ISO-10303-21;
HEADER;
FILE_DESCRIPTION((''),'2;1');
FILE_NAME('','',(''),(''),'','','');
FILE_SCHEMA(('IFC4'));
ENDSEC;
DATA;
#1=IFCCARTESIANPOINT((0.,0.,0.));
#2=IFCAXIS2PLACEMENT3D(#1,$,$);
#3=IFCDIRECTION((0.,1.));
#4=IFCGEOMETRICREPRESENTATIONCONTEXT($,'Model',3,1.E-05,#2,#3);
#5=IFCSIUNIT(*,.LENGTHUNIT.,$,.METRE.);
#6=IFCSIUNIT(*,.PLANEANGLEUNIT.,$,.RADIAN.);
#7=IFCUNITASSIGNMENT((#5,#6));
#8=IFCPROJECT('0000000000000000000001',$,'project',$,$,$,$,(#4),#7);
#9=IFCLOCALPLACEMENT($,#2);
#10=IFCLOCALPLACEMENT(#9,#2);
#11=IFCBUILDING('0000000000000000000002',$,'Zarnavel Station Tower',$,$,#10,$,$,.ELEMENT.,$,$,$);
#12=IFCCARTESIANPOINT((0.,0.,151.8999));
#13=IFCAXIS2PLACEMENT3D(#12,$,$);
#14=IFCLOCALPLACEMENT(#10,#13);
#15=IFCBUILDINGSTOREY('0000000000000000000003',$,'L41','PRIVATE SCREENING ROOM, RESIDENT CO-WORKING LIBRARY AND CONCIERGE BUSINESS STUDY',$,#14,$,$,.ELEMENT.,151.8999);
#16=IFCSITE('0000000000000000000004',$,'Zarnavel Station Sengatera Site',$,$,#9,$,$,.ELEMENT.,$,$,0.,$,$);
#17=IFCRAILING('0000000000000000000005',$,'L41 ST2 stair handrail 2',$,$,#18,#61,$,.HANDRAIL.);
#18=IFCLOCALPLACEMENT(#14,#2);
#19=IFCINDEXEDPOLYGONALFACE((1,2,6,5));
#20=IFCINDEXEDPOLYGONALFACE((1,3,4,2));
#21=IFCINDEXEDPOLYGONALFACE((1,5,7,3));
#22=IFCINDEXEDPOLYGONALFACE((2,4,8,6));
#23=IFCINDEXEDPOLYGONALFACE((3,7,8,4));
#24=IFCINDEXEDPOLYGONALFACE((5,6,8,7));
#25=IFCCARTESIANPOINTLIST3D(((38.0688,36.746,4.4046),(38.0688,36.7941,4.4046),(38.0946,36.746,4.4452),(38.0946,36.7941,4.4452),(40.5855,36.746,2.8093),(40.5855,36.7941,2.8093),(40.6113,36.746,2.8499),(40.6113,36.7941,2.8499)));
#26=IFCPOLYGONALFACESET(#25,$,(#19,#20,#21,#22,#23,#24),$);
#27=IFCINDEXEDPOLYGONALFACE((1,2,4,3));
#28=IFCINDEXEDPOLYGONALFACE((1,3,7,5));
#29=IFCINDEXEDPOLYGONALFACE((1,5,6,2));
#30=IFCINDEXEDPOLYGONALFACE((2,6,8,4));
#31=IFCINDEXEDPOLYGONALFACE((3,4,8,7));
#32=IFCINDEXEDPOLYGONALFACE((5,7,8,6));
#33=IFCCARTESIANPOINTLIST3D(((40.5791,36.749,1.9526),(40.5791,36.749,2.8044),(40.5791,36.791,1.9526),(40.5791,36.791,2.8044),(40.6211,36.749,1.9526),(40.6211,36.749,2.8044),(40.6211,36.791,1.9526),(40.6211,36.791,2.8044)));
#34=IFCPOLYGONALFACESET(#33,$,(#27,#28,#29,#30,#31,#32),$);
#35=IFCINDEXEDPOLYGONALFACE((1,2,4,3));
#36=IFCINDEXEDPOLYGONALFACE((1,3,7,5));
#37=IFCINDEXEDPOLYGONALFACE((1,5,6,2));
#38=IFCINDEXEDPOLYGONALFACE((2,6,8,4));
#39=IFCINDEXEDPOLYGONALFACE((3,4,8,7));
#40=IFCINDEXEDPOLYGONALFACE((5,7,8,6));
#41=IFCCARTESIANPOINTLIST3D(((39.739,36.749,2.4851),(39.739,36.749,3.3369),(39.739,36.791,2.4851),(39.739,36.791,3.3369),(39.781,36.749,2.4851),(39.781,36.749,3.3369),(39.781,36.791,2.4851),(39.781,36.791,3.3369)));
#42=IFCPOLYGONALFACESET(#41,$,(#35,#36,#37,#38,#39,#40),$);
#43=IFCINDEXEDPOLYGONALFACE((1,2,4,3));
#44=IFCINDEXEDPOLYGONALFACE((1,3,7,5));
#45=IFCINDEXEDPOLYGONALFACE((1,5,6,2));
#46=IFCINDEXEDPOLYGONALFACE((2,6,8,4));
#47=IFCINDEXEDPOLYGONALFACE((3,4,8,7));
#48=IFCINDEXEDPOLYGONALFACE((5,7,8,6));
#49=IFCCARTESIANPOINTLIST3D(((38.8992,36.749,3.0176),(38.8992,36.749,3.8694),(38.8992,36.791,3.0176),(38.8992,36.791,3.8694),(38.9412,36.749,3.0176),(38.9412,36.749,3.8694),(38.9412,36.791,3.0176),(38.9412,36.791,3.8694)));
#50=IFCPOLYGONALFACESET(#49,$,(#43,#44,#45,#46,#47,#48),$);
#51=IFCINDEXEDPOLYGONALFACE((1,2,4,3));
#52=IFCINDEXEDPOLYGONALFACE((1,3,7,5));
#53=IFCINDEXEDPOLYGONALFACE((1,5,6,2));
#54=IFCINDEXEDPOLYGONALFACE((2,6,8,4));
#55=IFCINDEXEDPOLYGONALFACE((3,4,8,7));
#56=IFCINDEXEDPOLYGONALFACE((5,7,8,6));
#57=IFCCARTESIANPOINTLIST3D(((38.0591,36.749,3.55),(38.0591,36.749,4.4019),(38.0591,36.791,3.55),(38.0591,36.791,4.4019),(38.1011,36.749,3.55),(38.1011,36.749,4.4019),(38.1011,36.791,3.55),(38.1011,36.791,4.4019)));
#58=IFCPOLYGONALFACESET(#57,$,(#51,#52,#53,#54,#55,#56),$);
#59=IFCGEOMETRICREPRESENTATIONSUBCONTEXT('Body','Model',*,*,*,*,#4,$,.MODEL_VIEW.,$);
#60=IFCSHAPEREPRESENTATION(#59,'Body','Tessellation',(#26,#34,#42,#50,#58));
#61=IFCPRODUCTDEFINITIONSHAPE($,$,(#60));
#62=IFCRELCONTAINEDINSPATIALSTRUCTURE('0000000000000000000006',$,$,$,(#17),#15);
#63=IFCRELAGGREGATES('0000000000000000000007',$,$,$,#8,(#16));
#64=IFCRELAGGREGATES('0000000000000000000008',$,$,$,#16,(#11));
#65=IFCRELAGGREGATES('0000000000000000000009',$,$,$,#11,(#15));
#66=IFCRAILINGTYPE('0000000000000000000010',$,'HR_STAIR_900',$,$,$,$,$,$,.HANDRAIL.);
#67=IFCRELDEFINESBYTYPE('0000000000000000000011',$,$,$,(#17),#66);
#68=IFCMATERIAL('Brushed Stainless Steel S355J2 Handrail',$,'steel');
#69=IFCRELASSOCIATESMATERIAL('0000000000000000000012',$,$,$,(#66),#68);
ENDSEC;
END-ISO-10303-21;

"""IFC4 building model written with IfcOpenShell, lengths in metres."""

from ifc_helpers import new_model, si_unit, direction, frame, origin, origin_2d, place, context, subcontext, project, spatial, rectangle, extrude, material, type_object, element, save


model = new_model("IFC4")

# Units and contexts
model_context = context("Model", 3, precision=1e-05, world=origin(), true_north=direction((0.0, 1.0)))
body_context = subcontext(model_context, "Body", "Model", "MODEL_VIEW")
ifc_project = project(units=[si_unit("LENGTHUNIT", "METRE"), si_unit("PLANEANGLEUNIT", "RADIAN")], contexts=[model_context])

# Site, building, storey
site_placement = place(None, origin())
site = spatial("IfcSite", under=ifc_project, at=site_placement, Name="Zarnavel Station Sengatera Site", CompositionType="ELEMENT", RefElevation=0.0)
building_placement = place(site_placement, origin())
building = spatial("IfcBuilding", under=site, at=building_placement, Name="Zarnavel Station Tower", CompositionType="ELEMENT")
storey_placement = place(building_placement, frame((0.0, 0.0, 151.8999)))
storey = spatial("IfcBuildingStorey", under=building, at=storey_placement, Name="L41", Description="PRIVATE SCREENING ROOM, RESIDENT CO-WORKING LIBRARY AND CONCIERGE BUSINESS STUDY", CompositionType="ELEMENT", Elevation=151.8999)

# Railing
ifc_material_1 = material(Name="Brushed Stainless Steel S355J2 Handrail", Category="steel")
railing_type_1 = type_object("IfcRailingType", Name="HR_STAIR_900", PredefinedType="HANDRAIL", material=ifc_material_1)
railing_1_placement = place(storey_placement, frame((40.6001, 36.77, 1.9526)))
element("IfcRailing", 1, at=railing_1_placement, inside=storey, type_object=railing_type_1, Name="L41 ST2 stair handrail 2", PredefinedType="HANDRAIL", context=body_context, shape_type="SweptSolid", body=[
    extrude(rectangle(XDim=0.0481, YDim=0.0481, at=origin_2d()), frame((-0.0017, 0.0, 0.877), z_axis=(-0.844607, 0.0, 0.535387), x_axis=(0.0, -1.0, 0.0)), (0.0, 0.0, 1.0), 2.9797),
    extrude(rectangle(XDim=0.042, YDim=0.042, at=origin_2d()), origin(), (0.0, 0.0, 1.0), 0.8518),
    extrude(rectangle(XDim=0.042, YDim=0.042, at=origin_2d()), frame((-0.8401, 0.0, 0.5325)), (0.0, 0.0, 1.0), 0.8518),
    extrude(rectangle(XDim=0.042, YDim=0.042, at=origin_2d()), frame((-1.6799, 0.0, 1.0649)), (0.0, 0.0, 1.0), 0.8518),
    extrude(rectangle(XDim=0.042, YDim=0.042, at=origin_2d()), frame((-2.52, 0.0, 1.5974)), (0.0, 0.0, 1.0), 0.8518),
])

save(model, "model.ifc")
